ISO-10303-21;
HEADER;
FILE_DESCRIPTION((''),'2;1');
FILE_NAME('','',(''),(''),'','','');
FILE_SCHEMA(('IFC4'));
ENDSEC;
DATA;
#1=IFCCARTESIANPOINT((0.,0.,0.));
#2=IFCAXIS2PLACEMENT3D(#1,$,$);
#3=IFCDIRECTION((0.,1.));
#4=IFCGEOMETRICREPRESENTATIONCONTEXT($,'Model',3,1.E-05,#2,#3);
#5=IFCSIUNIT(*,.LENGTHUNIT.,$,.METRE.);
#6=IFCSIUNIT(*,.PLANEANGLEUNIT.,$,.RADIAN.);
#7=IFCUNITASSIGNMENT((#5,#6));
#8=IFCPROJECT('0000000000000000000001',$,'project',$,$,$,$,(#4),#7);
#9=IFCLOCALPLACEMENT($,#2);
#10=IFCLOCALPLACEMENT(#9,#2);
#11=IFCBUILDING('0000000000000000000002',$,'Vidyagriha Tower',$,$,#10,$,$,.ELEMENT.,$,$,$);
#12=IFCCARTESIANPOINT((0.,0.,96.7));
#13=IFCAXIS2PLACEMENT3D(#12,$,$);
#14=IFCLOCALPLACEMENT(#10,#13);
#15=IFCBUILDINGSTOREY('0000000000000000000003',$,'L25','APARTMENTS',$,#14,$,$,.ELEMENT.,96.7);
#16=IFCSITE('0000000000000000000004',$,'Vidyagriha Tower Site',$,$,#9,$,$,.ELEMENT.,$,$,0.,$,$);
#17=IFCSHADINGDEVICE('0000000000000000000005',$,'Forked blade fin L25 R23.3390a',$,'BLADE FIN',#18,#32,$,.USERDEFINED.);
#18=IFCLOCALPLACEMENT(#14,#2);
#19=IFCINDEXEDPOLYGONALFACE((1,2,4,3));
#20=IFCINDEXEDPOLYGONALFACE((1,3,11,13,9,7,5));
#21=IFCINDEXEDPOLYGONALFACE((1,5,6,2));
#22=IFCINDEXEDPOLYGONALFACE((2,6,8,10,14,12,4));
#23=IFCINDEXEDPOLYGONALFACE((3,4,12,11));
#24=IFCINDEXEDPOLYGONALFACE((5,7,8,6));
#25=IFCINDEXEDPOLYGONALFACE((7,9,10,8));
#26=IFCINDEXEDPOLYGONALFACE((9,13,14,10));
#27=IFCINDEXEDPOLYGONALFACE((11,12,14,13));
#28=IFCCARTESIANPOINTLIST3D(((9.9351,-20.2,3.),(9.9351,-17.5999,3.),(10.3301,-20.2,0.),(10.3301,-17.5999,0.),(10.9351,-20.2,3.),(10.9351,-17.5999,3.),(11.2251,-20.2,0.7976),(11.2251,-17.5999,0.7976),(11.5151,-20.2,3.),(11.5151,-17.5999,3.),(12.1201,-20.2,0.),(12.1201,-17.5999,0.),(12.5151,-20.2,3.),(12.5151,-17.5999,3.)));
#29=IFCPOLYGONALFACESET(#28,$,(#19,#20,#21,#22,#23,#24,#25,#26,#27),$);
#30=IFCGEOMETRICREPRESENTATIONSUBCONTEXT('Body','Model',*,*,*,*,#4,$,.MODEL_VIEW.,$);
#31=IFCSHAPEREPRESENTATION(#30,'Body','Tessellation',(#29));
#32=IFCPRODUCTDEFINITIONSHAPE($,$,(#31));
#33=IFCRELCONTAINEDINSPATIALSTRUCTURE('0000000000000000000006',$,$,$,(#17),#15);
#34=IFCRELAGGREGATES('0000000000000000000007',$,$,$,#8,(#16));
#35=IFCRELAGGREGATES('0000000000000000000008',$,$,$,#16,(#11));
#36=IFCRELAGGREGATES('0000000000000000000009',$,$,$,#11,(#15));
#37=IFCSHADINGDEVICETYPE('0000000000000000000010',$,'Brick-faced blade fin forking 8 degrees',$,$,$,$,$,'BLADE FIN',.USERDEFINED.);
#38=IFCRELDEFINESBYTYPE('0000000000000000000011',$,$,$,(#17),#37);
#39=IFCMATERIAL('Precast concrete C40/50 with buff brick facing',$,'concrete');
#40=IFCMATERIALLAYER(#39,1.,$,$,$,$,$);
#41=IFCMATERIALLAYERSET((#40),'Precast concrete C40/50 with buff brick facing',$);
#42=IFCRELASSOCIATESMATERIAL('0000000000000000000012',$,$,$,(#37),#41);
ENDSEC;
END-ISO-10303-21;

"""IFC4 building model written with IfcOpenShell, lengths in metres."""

from ifc_helpers import new_model, si_unit, direction, frame, origin, place, context, subcontext, project, spatial, polyline, outline, extrude, material, layer, layer_set, type_object, element, save


model = new_model("IFC4")

# Units and contexts
model_context = context("Model", 3, precision=1e-05, world=origin(), true_north=direction((0.0, 1.0)))
body_context = subcontext(model_context, "Body", "Model", "MODEL_VIEW")
ifc_project = project(units=[si_unit("LENGTHUNIT", "METRE"), si_unit("PLANEANGLEUNIT", "RADIAN")], contexts=[model_context])

# Site, building, storey
site_placement = place(None, origin())
site = spatial("IfcSite", under=ifc_project, at=site_placement, Name="Vidyagriha Tower Site", CompositionType="ELEMENT", RefElevation=0.0)
building_placement = place(site_placement, origin())
building = spatial("IfcBuilding", under=site, at=building_placement, Name="Vidyagriha Tower", CompositionType="ELEMENT")
storey_placement = place(building_placement, frame((0.0, 0.0, 96.7)))
storey = spatial("IfcBuildingStorey", under=building, at=storey_placement, Name="L25", Description="APARTMENTS", CompositionType="ELEMENT", Elevation=96.7)

# Shading device
ifc_material_1 = material(Name="Precast concrete C40/50 with buff brick facing", Category="concrete")
ifc_layer_1 = layer(ifc_material_1, 1.0)
ifc_layer_set_1 = layer_set([ifc_layer_1], Name="Precast concrete C40/50 with buff brick facing")
shading_device_type_1 = type_object("IfcShadingDeviceType", Name="Brick-faced blade fin forking 8 degrees", ElementType="BLADE FIN", PredefinedType="USERDEFINED", material=ifc_layer_set_1)
shading_device_1_placement = place(storey_placement, frame((9.9351, -18.8999, 0.0)))
element("IfcShadingDevice", 1, at=shading_device_1_placement, inside=storey, type_object=shading_device_type_1, Name="Forked blade fin L25 R23.3390a", ObjectType="BLADE FIN", PredefinedType="USERDEFINED", context=body_context, shape_type="SweptSolid", body=[
    extrude(outline(polyline([(0.395, 0.0), (2.1851, 0.0), (2.5801, 3.0), (1.5801, 3.0), (1.29, 0.7976), (1.0, 3.0), (0.0, 3.0), (0.395, 0.0)])), frame((0.0, 1.3, 0.0), z_axis=(0.0, -1.0, 0.0), x_axis=(1.0, 0.0, 0.0)), (0.0, 0.0, 1.0), 2.6001),
])

save(model, "model.ifc")
